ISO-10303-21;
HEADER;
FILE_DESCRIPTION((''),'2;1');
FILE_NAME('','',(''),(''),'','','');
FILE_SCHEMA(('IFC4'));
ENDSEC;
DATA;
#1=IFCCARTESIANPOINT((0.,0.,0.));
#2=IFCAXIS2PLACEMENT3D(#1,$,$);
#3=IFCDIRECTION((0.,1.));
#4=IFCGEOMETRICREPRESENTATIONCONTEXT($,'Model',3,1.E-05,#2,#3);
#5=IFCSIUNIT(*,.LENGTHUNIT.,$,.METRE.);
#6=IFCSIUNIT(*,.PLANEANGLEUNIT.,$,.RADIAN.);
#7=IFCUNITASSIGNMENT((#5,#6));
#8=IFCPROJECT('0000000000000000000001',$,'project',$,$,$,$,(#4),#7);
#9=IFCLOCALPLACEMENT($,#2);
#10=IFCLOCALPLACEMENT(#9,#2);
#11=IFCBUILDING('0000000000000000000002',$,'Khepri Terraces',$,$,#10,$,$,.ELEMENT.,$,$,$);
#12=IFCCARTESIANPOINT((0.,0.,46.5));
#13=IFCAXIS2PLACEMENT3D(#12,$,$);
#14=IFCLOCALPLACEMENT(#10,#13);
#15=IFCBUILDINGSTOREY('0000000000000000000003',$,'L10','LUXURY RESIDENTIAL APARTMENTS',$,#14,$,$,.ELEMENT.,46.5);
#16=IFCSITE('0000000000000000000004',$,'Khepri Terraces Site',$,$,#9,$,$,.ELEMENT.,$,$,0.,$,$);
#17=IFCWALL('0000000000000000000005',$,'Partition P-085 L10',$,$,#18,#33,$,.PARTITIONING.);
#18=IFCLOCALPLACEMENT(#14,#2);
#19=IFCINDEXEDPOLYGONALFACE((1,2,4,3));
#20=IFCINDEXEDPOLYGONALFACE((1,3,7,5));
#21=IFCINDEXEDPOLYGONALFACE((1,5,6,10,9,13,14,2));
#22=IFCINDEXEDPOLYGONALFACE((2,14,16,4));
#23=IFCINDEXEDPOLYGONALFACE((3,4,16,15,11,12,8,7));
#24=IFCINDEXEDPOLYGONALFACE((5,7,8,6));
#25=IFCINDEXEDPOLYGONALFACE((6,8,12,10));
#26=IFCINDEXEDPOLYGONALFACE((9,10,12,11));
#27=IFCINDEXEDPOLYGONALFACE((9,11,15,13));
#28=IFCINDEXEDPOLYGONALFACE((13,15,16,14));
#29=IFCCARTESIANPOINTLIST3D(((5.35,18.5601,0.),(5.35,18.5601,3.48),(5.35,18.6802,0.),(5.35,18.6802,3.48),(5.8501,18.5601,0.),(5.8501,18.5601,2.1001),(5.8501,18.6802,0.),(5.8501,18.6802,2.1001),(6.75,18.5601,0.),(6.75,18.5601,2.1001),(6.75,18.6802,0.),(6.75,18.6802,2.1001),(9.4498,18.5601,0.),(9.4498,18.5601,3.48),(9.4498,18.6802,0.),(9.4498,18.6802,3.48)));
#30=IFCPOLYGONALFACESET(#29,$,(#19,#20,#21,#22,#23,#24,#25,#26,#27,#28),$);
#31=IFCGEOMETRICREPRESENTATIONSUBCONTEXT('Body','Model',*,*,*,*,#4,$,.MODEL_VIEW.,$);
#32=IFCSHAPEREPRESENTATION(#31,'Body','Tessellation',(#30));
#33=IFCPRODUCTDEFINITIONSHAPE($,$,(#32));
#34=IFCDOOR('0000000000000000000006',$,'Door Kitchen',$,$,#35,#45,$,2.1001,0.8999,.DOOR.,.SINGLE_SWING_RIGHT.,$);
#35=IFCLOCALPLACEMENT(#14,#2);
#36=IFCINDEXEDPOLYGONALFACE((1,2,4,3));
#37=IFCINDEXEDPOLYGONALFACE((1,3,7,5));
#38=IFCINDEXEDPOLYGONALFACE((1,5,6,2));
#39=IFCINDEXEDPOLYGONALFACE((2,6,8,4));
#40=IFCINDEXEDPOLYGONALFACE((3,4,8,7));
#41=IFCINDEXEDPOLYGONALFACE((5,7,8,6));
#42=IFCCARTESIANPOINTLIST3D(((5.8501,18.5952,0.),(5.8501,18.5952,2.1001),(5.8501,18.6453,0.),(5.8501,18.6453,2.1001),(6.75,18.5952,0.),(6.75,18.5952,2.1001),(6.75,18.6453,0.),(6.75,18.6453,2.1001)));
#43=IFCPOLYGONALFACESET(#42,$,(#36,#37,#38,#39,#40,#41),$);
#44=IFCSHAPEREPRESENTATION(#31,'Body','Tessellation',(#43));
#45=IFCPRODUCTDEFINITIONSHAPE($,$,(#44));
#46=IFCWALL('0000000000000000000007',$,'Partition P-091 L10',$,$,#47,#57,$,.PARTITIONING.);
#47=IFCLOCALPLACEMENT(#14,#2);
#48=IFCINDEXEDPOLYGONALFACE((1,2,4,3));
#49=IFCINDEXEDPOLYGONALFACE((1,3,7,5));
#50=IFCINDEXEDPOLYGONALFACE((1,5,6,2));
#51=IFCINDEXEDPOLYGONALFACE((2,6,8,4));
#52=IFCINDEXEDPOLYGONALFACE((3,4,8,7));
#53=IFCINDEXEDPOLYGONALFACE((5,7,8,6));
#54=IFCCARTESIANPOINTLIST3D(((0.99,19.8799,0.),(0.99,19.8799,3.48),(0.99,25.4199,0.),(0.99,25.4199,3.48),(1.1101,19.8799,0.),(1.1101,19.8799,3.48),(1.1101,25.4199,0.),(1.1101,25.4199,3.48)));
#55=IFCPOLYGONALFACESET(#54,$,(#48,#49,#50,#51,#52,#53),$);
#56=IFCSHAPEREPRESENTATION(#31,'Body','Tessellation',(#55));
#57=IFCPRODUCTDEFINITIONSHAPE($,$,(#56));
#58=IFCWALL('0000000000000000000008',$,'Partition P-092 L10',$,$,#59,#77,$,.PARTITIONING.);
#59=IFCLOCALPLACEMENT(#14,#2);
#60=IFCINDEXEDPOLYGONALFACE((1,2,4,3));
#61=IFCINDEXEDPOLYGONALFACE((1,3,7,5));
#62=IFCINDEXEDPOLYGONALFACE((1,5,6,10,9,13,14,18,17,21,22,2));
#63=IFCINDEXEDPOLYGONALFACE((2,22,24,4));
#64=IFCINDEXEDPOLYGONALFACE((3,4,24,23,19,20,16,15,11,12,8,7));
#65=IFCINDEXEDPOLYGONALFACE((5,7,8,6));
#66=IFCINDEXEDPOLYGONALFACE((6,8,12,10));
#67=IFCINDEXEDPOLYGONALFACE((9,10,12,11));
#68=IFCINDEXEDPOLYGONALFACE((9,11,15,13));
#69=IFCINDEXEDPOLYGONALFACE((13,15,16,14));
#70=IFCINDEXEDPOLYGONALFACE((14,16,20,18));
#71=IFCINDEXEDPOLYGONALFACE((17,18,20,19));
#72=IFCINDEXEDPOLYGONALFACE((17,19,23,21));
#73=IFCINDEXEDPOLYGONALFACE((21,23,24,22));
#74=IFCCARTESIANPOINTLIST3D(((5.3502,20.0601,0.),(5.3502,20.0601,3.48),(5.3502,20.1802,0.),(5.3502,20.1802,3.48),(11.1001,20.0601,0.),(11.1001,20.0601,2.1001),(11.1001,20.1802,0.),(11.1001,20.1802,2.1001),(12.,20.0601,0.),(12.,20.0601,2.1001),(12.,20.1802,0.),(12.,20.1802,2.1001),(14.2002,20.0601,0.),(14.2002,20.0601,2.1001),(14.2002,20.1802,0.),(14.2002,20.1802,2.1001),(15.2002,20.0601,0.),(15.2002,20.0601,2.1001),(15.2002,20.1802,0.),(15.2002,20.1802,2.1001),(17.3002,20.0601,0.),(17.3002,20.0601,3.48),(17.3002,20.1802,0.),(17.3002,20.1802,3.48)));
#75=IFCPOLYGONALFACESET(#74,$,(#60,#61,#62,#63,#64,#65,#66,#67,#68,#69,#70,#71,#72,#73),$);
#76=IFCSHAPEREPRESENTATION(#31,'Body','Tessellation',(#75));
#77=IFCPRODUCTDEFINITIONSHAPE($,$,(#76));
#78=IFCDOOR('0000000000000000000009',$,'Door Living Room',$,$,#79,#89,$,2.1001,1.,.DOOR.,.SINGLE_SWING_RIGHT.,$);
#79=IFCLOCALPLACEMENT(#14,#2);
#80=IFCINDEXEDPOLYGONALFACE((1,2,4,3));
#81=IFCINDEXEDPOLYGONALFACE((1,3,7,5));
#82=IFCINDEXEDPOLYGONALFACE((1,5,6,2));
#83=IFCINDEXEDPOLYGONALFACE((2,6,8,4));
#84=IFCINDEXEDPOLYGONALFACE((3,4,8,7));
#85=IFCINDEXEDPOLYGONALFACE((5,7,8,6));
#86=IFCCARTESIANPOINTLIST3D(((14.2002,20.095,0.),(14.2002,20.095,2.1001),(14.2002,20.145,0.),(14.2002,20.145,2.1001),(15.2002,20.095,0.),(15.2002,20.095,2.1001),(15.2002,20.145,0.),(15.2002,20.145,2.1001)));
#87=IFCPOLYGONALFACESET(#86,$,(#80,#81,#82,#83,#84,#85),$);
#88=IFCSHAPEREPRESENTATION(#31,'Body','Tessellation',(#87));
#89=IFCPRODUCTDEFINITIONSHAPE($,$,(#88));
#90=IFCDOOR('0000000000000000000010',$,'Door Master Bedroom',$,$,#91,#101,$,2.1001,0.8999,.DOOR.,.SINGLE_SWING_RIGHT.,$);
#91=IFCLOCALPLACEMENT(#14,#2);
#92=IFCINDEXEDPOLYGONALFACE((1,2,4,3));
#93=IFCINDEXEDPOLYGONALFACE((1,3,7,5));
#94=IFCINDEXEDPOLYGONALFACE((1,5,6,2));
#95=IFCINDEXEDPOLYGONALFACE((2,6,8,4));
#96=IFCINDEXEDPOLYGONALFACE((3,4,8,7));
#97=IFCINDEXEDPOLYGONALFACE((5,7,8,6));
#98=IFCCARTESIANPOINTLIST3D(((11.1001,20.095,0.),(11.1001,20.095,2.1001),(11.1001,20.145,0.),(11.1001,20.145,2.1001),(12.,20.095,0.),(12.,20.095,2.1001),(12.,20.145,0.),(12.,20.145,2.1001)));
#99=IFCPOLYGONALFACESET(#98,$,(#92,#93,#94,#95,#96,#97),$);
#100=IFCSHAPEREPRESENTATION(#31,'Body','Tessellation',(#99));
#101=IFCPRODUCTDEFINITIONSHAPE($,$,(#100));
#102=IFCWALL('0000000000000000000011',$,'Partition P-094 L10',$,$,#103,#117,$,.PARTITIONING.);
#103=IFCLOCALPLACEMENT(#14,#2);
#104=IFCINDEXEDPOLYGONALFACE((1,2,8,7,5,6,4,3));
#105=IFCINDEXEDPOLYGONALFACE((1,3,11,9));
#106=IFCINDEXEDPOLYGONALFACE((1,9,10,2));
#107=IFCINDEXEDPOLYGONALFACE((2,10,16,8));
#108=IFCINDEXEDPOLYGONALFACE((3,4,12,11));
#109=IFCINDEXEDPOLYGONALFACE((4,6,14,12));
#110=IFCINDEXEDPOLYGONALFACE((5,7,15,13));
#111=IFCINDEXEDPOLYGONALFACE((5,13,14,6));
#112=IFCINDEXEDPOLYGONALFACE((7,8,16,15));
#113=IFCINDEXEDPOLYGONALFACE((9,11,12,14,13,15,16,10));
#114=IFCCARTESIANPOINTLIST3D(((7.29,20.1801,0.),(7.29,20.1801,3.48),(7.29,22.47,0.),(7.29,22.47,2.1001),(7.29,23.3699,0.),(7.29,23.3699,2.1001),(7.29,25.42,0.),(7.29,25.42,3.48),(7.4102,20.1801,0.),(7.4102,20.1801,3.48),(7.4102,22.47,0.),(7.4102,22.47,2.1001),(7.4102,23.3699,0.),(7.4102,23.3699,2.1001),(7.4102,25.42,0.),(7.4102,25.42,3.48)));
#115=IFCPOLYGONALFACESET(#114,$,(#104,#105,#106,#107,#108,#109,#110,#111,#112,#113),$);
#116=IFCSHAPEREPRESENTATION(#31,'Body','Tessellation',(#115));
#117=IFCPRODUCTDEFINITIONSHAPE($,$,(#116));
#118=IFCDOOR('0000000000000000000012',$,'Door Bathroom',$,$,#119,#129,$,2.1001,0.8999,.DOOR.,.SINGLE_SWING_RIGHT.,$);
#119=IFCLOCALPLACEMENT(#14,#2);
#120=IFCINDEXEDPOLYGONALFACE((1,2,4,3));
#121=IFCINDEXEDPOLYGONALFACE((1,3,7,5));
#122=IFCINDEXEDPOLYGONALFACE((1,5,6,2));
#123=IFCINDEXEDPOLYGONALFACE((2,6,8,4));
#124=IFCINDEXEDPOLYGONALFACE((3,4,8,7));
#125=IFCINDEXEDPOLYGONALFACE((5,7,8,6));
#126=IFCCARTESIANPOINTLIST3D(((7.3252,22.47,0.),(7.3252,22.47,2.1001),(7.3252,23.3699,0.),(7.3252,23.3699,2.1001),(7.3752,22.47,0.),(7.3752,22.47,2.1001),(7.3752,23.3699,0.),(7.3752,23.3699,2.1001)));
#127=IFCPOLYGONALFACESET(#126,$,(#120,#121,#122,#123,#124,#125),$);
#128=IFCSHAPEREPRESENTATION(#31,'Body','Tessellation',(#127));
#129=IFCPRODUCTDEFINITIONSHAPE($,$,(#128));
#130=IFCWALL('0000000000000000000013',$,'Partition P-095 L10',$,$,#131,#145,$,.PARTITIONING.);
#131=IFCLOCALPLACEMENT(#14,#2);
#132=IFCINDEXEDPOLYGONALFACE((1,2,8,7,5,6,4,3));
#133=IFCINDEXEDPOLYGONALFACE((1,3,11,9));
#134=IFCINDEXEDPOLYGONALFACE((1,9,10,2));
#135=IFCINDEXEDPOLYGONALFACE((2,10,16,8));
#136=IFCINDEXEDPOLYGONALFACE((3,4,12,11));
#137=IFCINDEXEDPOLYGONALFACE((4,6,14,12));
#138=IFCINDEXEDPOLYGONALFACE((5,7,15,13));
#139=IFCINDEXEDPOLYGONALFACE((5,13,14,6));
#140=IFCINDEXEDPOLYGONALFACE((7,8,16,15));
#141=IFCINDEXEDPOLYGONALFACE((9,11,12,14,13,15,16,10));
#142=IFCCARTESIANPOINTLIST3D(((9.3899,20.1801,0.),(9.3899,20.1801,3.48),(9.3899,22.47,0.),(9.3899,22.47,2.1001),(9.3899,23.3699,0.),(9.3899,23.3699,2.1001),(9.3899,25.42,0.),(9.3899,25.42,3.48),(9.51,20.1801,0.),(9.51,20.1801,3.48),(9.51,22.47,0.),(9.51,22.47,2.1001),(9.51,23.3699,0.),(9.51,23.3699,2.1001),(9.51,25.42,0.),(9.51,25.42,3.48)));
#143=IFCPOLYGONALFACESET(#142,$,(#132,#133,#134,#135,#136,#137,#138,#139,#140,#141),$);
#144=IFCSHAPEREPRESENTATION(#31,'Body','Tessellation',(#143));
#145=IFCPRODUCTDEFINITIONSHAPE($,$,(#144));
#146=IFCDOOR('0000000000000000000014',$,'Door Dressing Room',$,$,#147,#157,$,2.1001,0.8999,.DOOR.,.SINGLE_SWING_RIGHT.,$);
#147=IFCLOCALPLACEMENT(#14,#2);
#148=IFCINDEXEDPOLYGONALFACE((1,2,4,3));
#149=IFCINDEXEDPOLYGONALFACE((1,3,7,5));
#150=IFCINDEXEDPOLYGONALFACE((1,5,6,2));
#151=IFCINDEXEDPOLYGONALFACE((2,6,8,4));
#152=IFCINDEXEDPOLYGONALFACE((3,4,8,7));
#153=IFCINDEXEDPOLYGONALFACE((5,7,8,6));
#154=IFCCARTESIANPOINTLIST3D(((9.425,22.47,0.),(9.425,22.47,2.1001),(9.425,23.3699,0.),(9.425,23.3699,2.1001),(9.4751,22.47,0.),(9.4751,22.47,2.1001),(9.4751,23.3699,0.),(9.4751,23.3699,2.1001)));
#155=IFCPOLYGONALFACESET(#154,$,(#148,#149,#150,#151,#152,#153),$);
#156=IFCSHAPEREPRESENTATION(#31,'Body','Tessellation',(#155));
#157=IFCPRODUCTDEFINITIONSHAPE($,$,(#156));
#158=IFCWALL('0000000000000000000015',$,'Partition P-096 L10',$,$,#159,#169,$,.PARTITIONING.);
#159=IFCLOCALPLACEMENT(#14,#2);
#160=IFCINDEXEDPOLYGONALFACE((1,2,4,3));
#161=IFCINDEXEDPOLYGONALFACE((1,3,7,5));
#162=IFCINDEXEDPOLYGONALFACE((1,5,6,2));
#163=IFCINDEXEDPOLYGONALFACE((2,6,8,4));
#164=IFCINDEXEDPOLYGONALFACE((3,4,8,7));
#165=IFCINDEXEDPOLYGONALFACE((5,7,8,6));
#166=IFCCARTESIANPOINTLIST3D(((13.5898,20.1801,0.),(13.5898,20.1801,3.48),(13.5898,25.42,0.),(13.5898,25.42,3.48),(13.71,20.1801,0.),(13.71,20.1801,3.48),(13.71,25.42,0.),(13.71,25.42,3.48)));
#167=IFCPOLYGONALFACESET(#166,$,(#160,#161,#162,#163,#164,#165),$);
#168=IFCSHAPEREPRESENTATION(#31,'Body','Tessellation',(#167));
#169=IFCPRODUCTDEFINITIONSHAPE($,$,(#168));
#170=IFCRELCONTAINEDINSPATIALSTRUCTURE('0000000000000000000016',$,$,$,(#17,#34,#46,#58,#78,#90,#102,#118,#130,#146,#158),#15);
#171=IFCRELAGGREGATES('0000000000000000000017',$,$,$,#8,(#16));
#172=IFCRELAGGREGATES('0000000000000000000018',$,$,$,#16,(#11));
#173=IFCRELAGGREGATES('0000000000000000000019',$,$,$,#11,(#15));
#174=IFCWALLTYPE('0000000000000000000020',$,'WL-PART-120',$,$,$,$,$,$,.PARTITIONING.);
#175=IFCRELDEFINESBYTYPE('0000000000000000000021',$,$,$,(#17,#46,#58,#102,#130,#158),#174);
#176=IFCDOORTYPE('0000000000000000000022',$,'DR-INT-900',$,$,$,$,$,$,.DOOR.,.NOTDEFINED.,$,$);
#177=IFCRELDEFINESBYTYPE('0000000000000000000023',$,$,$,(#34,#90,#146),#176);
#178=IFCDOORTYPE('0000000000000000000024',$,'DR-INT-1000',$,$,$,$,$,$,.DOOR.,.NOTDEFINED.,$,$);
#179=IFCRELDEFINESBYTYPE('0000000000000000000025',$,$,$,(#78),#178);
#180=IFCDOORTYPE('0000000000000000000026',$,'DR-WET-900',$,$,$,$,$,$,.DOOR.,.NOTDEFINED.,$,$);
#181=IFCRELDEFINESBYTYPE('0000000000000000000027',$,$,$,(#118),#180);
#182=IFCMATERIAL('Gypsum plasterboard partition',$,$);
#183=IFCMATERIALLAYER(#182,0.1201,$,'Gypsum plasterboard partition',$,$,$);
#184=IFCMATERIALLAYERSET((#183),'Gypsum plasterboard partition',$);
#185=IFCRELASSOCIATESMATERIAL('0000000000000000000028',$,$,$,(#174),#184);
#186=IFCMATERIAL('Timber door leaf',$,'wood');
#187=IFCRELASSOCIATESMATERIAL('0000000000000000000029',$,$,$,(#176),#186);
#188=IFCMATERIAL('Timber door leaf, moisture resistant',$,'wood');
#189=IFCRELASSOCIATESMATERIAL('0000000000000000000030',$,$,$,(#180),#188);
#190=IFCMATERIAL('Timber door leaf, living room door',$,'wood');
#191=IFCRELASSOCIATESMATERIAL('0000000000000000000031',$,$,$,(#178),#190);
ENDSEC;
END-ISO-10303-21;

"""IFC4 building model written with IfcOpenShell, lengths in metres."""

from ifc_helpers import new_model, si_unit, direction, frame, frame_2d, origin, place, context, subcontext, project, spatial, rectangle, extrude, material, layer, layer_set, type_object, element, fill, save


model = new_model("IFC4")

# Units and contexts
model_context = context("Model", 3, precision=1e-05, world=origin(), true_north=direction((0.0, 1.0)))
body_context = subcontext(model_context, "Body", "Model", "MODEL_VIEW")
ifc_project = project(units=[si_unit("LENGTHUNIT", "METRE"), si_unit("PLANEANGLEUNIT", "RADIAN")], contexts=[model_context])

# Site, building, storey
site_placement = place(None, origin())
site = spatial("IfcSite", under=ifc_project, at=site_placement, Name="Khepri Terraces Site", CompositionType="ELEMENT", RefElevation=0.0)
building_placement = place(site_placement, origin())
building = spatial("IfcBuilding", under=site, at=building_placement, Name="Khepri Terraces", CompositionType="ELEMENT")
storey_placement = place(building_placement, frame((0.0, 0.0, 46.5)))
storey = spatial("IfcBuildingStorey", under=building, at=storey_placement, Name="L10", Description="LUXURY RESIDENTIAL APARTMENTS", CompositionType="ELEMENT", Elevation=46.5)

# Shared definitions
ifc_material_1 = material(Name="Gypsum plasterboard partition")
ifc_layer_1 = layer(ifc_material_1, 0.1201, Name="Gypsum plasterboard partition")
ifc_layer_set_1 = layer_set([ifc_layer_1], Name="Gypsum plasterboard partition")
wall_type_1 = type_object("IfcWallType", Name="WL-PART-120", PredefinedType="PARTITIONING", material=ifc_layer_set_1)

# Shared definitions
ifc_material_2 = material(Name="Timber door leaf", Category="wood")
door_type_1 = type_object("IfcDoorType", Name="DR-INT-900", OperationType="NOTDEFINED", PredefinedType="DOOR", material=ifc_material_2)

# Shared definitions
ifc_material_3 = material(Name="Timber door leaf, moisture resistant", Category="wood")
door_type_2 = type_object("IfcDoorType", Name="DR-WET-900", OperationType="NOTDEFINED", PredefinedType="DOOR", material=ifc_material_3)
ifc_material_4 = material(Name="Timber door leaf, living room door", Category="wood")
door_type_3 = type_object("IfcDoorType", Name="DR-INT-1000", OperationType="NOTDEFINED", PredefinedType="DOOR", material=ifc_material_4)

# Wall, opening, door
wall_1_placement = place(storey_placement, frame((5.3501, 18.6201, 0.0), z_axis=(0.0, 0.0, 1.0), x_axis=(1.0, 0.0, 0.0)))
wall_1 = element("IfcWall", 1, at=wall_1_placement, inside=storey, type_object=wall_type_1, Name="Partition P-085 L10", PredefinedType="PARTITIONING", context=body_context, shape_type="SweptSolid", body=[
    extrude(rectangle(XDim=4.0999, YDim=0.1201, at=frame_2d((2.0498, 0.0))), origin(), (0.0, 0.0, 1.0), 3.48),
])
opening_1_placement = place(wall_1_placement, frame((0.5, 0.0, 0.0)))
opening_1 = element("IfcOpeningElement", 2, at=opening_1_placement, cuts=wall_1, PredefinedType="OPENING", context=body_context, shape_type="SweptSolid", body=[
    extrude(rectangle(XDim=0.8999, YDim=2.1001, at=frame_2d((0.45, 1.05))), frame((0.0, 0.0701, 0.0), z_axis=(0.0, -1.0, 0.0), x_axis=(1.0, 0.0, 0.0)), (0.0, 0.0, 1.0), 0.1401),
])
door_1_placement = place(opening_1_placement, frame((0.8999, 0.0, 0.0), z_axis=(0.0, 0.0, 1.0), x_axis=(-1.0, 0.0, 0.0)))
door_1 = element("IfcDoor", 3, at=door_1_placement, inside=storey, type_object=door_type_1, Name="Door Kitchen", OperationType="SINGLE_SWING_RIGHT", OverallHeight=2.1001, OverallWidth=0.8999, PredefinedType="DOOR", context=body_context, shape_type="SweptSolid", body=[
    extrude(rectangle(XDim=0.8999, YDim=2.1001, at=frame_2d((0.45, 1.05))), frame((0.0, 0.0249, 0.0), z_axis=(0.0, -1.0, 0.0), x_axis=(1.0, 0.0, 0.0)), (0.0, 0.0, 1.0), 0.05),
])
fill(opening_1, door_1)

# Wall
wall_2_placement = place(storey_placement, frame((1.05, 19.8799, 0.0), z_axis=(0.0, 0.0, 1.0), x_axis=(0.0, 1.0, 0.0)))
element("IfcWall", 4, at=wall_2_placement, inside=storey, type_object=wall_type_1, Name="Partition P-091 L10", PredefinedType="PARTITIONING", context=body_context, shape_type="SweptSolid", body=[
    extrude(rectangle(XDim=5.54, YDim=0.1201, at=frame_2d((2.77, 0.0))), origin(), (0.0, 0.0, 1.0), 3.48),
])

# Wall, openings, doors
wall_3_placement = place(storey_placement, frame((5.3501, 20.1201, 0.0), z_axis=(0.0, 0.0, 1.0), x_axis=(1.0, 0.0, 0.0)))
wall_3 = element("IfcWall", 5, at=wall_3_placement, inside=storey, type_object=wall_type_1, Name="Partition P-092 L10", PredefinedType="PARTITIONING", context=body_context, shape_type="SweptSolid", body=[
    extrude(rectangle(XDim=11.95, YDim=0.1201, at=frame_2d((5.9751, 0.0))), origin(), (0.0, 0.0, 1.0), 3.48),
])
opening_2_placement = place(wall_3_placement, frame((8.8501, 0.0, 0.0)))
opening_2 = element("IfcOpeningElement", 6, at=opening_2_placement, cuts=wall_3, PredefinedType="OPENING", context=body_context, shape_type="SweptSolid", body=[
    extrude(rectangle(XDim=1.0, YDim=2.1001, at=frame_2d((0.5, 1.05))), frame((0.0, 0.0701, 0.0), z_axis=(0.0, -1.0, 0.0), x_axis=(1.0, 0.0, 0.0)), (0.0, 0.0, 1.0), 0.1401),
])
opening_3_placement = place(wall_3_placement, frame((5.75, 0.0, 0.0)))
opening_3 = element("IfcOpeningElement", 7, at=opening_3_placement, cuts=wall_3, PredefinedType="OPENING", context=body_context, shape_type="SweptSolid", body=[
    extrude(rectangle(XDim=0.8999, YDim=2.1001, at=frame_2d((0.45, 1.05))), frame((0.0, 0.0701, 0.0), z_axis=(0.0, -1.0, 0.0), x_axis=(1.0, 0.0, 0.0)), (0.0, 0.0, 1.0), 0.1401),
])
door_2_placement = place(opening_2_placement, origin())
door_2 = element("IfcDoor", 8, at=door_2_placement, inside=storey, type_object=door_type_3, Name="Door Living Room", OperationType="SINGLE_SWING_RIGHT", OverallHeight=2.1001, OverallWidth=1.0, PredefinedType="DOOR", context=body_context, shape_type="SweptSolid", body=[
    extrude(rectangle(XDim=1.0, YDim=2.1001, at=frame_2d((0.5, 1.05))), frame((0.0, 0.0249, 0.0), z_axis=(0.0, -1.0, 0.0), x_axis=(1.0, 0.0, 0.0)), (0.0, 0.0, 1.0), 0.05),
])
fill(opening_2, door_2)
door_3_placement = place(opening_3_placement, origin())
door_3 = element("IfcDoor", 9, at=door_3_placement, inside=storey, type_object=door_type_1, Name="Door Master Bedroom", OperationType="SINGLE_SWING_RIGHT", OverallHeight=2.1001, OverallWidth=0.8999, PredefinedType="DOOR", context=body_context, shape_type="SweptSolid", body=[
    extrude(rectangle(XDim=0.8999, YDim=2.1001, at=frame_2d((0.45, 1.05))), frame((0.0, 0.0249, 0.0), z_axis=(0.0, -1.0, 0.0), x_axis=(1.0, 0.0, 0.0)), (0.0, 0.0, 1.0), 0.05),
])
fill(opening_3, door_3)

# Walls, openings, doors
wall_4_placement = place(storey_placement, frame((7.3501, 20.1799, 0.0), z_axis=(0.0, 0.0, 1.0), x_axis=(0.0, 1.0, 0.0)))
wall_4 = element("IfcWall", 10, at=wall_4_placement, inside=storey, type_object=wall_type_1, Name="Partition P-094 L10", PredefinedType="PARTITIONING", context=body_context, shape_type="SweptSolid", body=[
    extrude(rectangle(XDim=5.24, YDim=0.1201, at=frame_2d((2.6201, 0.0))), origin(), (0.0, 0.0, 1.0), 3.48),
])
opening_4_placement = place(wall_4_placement, frame((2.29, 0.0, 0.0)))
opening_4 = element("IfcOpeningElement", 11, at=opening_4_placement, cuts=wall_4, PredefinedType="OPENING", context=body_context, shape_type="SweptSolid", body=[
    extrude(rectangle(XDim=0.8999, YDim=2.1001, at=frame_2d((0.45, 1.05))), frame((0.0, 0.0701, 0.0), z_axis=(0.0, -1.0, 0.0), x_axis=(1.0, 0.0, 0.0)), (0.0, 0.0, 1.0), 0.1401),
])
door_4_placement = place(opening_4_placement, origin())
door_4 = element("IfcDoor", 12, at=door_4_placement, inside=storey, type_object=door_type_2, Name="Door Bathroom", OperationType="SINGLE_SWING_RIGHT", OverallHeight=2.1001, OverallWidth=0.8999, PredefinedType="DOOR", context=body_context, shape_type="SweptSolid", body=[
    extrude(rectangle(XDim=0.8999, YDim=2.1001, at=frame_2d((0.45, 1.05))), frame((0.0, 0.0249, 0.0), z_axis=(0.0, -1.0, 0.0), x_axis=(1.0, 0.0, 0.0)), (0.0, 0.0, 1.0), 0.05),
])
fill(opening_4, door_4)
wall_5_placement = place(storey_placement, frame((9.45, 20.1799, 0.0), z_axis=(0.0, 0.0, 1.0), x_axis=(0.0, 1.0, 0.0)))
wall_5 = element("IfcWall", 13, at=wall_5_placement, inside=storey, type_object=wall_type_1, Name="Partition P-095 L10", PredefinedType="PARTITIONING", context=body_context, shape_type="SweptSolid", body=[
    extrude(rectangle(XDim=5.24, YDim=0.1201, at=frame_2d((2.6201, 0.0))), origin(), (0.0, 0.0, 1.0), 3.48),
])
opening_5_placement = place(wall_5_placement, frame((2.29, 0.0, 0.0)))
opening_5 = element("IfcOpeningElement", 14, at=opening_5_placement, cuts=wall_5, PredefinedType="OPENING", context=body_context, shape_type="SweptSolid", body=[
    extrude(rectangle(XDim=0.8999, YDim=2.1001, at=frame_2d((0.45, 1.05))), frame((0.0, 0.0701, 0.0), z_axis=(0.0, -1.0, 0.0), x_axis=(1.0, 0.0, 0.0)), (0.0, 0.0, 1.0), 0.1401),
])
door_5_placement = place(opening_5_placement, origin())
door_5 = element("IfcDoor", 15, at=door_5_placement, inside=storey, type_object=door_type_1, Name="Door Dressing Room", OperationType="SINGLE_SWING_RIGHT", OverallHeight=2.1001, OverallWidth=0.8999, PredefinedType="DOOR", context=body_context, shape_type="SweptSolid", body=[
    extrude(rectangle(XDim=0.8999, YDim=2.1001, at=frame_2d((0.45, 1.05))), frame((0.0, 0.0249, 0.0), z_axis=(0.0, -1.0, 0.0), x_axis=(1.0, 0.0, 0.0)), (0.0, 0.0, 1.0), 0.05),
])
fill(opening_5, door_5)

# Wall
wall_6_placement = place(storey_placement, frame((13.6499, 20.1799, 0.0), z_axis=(0.0, 0.0, 1.0), x_axis=(0.0, 1.0, 0.0)))
element("IfcWall", 16, at=wall_6_placement, inside=storey, type_object=wall_type_1, Name="Partition P-096 L10", PredefinedType="PARTITIONING", context=body_context, shape_type="SweptSolid", body=[
    extrude(rectangle(XDim=5.24, YDim=0.1201, at=frame_2d((2.6201, 0.0))), origin(), (0.0, 0.0, 1.0), 3.48),
])

save(model, "model.ifc")
